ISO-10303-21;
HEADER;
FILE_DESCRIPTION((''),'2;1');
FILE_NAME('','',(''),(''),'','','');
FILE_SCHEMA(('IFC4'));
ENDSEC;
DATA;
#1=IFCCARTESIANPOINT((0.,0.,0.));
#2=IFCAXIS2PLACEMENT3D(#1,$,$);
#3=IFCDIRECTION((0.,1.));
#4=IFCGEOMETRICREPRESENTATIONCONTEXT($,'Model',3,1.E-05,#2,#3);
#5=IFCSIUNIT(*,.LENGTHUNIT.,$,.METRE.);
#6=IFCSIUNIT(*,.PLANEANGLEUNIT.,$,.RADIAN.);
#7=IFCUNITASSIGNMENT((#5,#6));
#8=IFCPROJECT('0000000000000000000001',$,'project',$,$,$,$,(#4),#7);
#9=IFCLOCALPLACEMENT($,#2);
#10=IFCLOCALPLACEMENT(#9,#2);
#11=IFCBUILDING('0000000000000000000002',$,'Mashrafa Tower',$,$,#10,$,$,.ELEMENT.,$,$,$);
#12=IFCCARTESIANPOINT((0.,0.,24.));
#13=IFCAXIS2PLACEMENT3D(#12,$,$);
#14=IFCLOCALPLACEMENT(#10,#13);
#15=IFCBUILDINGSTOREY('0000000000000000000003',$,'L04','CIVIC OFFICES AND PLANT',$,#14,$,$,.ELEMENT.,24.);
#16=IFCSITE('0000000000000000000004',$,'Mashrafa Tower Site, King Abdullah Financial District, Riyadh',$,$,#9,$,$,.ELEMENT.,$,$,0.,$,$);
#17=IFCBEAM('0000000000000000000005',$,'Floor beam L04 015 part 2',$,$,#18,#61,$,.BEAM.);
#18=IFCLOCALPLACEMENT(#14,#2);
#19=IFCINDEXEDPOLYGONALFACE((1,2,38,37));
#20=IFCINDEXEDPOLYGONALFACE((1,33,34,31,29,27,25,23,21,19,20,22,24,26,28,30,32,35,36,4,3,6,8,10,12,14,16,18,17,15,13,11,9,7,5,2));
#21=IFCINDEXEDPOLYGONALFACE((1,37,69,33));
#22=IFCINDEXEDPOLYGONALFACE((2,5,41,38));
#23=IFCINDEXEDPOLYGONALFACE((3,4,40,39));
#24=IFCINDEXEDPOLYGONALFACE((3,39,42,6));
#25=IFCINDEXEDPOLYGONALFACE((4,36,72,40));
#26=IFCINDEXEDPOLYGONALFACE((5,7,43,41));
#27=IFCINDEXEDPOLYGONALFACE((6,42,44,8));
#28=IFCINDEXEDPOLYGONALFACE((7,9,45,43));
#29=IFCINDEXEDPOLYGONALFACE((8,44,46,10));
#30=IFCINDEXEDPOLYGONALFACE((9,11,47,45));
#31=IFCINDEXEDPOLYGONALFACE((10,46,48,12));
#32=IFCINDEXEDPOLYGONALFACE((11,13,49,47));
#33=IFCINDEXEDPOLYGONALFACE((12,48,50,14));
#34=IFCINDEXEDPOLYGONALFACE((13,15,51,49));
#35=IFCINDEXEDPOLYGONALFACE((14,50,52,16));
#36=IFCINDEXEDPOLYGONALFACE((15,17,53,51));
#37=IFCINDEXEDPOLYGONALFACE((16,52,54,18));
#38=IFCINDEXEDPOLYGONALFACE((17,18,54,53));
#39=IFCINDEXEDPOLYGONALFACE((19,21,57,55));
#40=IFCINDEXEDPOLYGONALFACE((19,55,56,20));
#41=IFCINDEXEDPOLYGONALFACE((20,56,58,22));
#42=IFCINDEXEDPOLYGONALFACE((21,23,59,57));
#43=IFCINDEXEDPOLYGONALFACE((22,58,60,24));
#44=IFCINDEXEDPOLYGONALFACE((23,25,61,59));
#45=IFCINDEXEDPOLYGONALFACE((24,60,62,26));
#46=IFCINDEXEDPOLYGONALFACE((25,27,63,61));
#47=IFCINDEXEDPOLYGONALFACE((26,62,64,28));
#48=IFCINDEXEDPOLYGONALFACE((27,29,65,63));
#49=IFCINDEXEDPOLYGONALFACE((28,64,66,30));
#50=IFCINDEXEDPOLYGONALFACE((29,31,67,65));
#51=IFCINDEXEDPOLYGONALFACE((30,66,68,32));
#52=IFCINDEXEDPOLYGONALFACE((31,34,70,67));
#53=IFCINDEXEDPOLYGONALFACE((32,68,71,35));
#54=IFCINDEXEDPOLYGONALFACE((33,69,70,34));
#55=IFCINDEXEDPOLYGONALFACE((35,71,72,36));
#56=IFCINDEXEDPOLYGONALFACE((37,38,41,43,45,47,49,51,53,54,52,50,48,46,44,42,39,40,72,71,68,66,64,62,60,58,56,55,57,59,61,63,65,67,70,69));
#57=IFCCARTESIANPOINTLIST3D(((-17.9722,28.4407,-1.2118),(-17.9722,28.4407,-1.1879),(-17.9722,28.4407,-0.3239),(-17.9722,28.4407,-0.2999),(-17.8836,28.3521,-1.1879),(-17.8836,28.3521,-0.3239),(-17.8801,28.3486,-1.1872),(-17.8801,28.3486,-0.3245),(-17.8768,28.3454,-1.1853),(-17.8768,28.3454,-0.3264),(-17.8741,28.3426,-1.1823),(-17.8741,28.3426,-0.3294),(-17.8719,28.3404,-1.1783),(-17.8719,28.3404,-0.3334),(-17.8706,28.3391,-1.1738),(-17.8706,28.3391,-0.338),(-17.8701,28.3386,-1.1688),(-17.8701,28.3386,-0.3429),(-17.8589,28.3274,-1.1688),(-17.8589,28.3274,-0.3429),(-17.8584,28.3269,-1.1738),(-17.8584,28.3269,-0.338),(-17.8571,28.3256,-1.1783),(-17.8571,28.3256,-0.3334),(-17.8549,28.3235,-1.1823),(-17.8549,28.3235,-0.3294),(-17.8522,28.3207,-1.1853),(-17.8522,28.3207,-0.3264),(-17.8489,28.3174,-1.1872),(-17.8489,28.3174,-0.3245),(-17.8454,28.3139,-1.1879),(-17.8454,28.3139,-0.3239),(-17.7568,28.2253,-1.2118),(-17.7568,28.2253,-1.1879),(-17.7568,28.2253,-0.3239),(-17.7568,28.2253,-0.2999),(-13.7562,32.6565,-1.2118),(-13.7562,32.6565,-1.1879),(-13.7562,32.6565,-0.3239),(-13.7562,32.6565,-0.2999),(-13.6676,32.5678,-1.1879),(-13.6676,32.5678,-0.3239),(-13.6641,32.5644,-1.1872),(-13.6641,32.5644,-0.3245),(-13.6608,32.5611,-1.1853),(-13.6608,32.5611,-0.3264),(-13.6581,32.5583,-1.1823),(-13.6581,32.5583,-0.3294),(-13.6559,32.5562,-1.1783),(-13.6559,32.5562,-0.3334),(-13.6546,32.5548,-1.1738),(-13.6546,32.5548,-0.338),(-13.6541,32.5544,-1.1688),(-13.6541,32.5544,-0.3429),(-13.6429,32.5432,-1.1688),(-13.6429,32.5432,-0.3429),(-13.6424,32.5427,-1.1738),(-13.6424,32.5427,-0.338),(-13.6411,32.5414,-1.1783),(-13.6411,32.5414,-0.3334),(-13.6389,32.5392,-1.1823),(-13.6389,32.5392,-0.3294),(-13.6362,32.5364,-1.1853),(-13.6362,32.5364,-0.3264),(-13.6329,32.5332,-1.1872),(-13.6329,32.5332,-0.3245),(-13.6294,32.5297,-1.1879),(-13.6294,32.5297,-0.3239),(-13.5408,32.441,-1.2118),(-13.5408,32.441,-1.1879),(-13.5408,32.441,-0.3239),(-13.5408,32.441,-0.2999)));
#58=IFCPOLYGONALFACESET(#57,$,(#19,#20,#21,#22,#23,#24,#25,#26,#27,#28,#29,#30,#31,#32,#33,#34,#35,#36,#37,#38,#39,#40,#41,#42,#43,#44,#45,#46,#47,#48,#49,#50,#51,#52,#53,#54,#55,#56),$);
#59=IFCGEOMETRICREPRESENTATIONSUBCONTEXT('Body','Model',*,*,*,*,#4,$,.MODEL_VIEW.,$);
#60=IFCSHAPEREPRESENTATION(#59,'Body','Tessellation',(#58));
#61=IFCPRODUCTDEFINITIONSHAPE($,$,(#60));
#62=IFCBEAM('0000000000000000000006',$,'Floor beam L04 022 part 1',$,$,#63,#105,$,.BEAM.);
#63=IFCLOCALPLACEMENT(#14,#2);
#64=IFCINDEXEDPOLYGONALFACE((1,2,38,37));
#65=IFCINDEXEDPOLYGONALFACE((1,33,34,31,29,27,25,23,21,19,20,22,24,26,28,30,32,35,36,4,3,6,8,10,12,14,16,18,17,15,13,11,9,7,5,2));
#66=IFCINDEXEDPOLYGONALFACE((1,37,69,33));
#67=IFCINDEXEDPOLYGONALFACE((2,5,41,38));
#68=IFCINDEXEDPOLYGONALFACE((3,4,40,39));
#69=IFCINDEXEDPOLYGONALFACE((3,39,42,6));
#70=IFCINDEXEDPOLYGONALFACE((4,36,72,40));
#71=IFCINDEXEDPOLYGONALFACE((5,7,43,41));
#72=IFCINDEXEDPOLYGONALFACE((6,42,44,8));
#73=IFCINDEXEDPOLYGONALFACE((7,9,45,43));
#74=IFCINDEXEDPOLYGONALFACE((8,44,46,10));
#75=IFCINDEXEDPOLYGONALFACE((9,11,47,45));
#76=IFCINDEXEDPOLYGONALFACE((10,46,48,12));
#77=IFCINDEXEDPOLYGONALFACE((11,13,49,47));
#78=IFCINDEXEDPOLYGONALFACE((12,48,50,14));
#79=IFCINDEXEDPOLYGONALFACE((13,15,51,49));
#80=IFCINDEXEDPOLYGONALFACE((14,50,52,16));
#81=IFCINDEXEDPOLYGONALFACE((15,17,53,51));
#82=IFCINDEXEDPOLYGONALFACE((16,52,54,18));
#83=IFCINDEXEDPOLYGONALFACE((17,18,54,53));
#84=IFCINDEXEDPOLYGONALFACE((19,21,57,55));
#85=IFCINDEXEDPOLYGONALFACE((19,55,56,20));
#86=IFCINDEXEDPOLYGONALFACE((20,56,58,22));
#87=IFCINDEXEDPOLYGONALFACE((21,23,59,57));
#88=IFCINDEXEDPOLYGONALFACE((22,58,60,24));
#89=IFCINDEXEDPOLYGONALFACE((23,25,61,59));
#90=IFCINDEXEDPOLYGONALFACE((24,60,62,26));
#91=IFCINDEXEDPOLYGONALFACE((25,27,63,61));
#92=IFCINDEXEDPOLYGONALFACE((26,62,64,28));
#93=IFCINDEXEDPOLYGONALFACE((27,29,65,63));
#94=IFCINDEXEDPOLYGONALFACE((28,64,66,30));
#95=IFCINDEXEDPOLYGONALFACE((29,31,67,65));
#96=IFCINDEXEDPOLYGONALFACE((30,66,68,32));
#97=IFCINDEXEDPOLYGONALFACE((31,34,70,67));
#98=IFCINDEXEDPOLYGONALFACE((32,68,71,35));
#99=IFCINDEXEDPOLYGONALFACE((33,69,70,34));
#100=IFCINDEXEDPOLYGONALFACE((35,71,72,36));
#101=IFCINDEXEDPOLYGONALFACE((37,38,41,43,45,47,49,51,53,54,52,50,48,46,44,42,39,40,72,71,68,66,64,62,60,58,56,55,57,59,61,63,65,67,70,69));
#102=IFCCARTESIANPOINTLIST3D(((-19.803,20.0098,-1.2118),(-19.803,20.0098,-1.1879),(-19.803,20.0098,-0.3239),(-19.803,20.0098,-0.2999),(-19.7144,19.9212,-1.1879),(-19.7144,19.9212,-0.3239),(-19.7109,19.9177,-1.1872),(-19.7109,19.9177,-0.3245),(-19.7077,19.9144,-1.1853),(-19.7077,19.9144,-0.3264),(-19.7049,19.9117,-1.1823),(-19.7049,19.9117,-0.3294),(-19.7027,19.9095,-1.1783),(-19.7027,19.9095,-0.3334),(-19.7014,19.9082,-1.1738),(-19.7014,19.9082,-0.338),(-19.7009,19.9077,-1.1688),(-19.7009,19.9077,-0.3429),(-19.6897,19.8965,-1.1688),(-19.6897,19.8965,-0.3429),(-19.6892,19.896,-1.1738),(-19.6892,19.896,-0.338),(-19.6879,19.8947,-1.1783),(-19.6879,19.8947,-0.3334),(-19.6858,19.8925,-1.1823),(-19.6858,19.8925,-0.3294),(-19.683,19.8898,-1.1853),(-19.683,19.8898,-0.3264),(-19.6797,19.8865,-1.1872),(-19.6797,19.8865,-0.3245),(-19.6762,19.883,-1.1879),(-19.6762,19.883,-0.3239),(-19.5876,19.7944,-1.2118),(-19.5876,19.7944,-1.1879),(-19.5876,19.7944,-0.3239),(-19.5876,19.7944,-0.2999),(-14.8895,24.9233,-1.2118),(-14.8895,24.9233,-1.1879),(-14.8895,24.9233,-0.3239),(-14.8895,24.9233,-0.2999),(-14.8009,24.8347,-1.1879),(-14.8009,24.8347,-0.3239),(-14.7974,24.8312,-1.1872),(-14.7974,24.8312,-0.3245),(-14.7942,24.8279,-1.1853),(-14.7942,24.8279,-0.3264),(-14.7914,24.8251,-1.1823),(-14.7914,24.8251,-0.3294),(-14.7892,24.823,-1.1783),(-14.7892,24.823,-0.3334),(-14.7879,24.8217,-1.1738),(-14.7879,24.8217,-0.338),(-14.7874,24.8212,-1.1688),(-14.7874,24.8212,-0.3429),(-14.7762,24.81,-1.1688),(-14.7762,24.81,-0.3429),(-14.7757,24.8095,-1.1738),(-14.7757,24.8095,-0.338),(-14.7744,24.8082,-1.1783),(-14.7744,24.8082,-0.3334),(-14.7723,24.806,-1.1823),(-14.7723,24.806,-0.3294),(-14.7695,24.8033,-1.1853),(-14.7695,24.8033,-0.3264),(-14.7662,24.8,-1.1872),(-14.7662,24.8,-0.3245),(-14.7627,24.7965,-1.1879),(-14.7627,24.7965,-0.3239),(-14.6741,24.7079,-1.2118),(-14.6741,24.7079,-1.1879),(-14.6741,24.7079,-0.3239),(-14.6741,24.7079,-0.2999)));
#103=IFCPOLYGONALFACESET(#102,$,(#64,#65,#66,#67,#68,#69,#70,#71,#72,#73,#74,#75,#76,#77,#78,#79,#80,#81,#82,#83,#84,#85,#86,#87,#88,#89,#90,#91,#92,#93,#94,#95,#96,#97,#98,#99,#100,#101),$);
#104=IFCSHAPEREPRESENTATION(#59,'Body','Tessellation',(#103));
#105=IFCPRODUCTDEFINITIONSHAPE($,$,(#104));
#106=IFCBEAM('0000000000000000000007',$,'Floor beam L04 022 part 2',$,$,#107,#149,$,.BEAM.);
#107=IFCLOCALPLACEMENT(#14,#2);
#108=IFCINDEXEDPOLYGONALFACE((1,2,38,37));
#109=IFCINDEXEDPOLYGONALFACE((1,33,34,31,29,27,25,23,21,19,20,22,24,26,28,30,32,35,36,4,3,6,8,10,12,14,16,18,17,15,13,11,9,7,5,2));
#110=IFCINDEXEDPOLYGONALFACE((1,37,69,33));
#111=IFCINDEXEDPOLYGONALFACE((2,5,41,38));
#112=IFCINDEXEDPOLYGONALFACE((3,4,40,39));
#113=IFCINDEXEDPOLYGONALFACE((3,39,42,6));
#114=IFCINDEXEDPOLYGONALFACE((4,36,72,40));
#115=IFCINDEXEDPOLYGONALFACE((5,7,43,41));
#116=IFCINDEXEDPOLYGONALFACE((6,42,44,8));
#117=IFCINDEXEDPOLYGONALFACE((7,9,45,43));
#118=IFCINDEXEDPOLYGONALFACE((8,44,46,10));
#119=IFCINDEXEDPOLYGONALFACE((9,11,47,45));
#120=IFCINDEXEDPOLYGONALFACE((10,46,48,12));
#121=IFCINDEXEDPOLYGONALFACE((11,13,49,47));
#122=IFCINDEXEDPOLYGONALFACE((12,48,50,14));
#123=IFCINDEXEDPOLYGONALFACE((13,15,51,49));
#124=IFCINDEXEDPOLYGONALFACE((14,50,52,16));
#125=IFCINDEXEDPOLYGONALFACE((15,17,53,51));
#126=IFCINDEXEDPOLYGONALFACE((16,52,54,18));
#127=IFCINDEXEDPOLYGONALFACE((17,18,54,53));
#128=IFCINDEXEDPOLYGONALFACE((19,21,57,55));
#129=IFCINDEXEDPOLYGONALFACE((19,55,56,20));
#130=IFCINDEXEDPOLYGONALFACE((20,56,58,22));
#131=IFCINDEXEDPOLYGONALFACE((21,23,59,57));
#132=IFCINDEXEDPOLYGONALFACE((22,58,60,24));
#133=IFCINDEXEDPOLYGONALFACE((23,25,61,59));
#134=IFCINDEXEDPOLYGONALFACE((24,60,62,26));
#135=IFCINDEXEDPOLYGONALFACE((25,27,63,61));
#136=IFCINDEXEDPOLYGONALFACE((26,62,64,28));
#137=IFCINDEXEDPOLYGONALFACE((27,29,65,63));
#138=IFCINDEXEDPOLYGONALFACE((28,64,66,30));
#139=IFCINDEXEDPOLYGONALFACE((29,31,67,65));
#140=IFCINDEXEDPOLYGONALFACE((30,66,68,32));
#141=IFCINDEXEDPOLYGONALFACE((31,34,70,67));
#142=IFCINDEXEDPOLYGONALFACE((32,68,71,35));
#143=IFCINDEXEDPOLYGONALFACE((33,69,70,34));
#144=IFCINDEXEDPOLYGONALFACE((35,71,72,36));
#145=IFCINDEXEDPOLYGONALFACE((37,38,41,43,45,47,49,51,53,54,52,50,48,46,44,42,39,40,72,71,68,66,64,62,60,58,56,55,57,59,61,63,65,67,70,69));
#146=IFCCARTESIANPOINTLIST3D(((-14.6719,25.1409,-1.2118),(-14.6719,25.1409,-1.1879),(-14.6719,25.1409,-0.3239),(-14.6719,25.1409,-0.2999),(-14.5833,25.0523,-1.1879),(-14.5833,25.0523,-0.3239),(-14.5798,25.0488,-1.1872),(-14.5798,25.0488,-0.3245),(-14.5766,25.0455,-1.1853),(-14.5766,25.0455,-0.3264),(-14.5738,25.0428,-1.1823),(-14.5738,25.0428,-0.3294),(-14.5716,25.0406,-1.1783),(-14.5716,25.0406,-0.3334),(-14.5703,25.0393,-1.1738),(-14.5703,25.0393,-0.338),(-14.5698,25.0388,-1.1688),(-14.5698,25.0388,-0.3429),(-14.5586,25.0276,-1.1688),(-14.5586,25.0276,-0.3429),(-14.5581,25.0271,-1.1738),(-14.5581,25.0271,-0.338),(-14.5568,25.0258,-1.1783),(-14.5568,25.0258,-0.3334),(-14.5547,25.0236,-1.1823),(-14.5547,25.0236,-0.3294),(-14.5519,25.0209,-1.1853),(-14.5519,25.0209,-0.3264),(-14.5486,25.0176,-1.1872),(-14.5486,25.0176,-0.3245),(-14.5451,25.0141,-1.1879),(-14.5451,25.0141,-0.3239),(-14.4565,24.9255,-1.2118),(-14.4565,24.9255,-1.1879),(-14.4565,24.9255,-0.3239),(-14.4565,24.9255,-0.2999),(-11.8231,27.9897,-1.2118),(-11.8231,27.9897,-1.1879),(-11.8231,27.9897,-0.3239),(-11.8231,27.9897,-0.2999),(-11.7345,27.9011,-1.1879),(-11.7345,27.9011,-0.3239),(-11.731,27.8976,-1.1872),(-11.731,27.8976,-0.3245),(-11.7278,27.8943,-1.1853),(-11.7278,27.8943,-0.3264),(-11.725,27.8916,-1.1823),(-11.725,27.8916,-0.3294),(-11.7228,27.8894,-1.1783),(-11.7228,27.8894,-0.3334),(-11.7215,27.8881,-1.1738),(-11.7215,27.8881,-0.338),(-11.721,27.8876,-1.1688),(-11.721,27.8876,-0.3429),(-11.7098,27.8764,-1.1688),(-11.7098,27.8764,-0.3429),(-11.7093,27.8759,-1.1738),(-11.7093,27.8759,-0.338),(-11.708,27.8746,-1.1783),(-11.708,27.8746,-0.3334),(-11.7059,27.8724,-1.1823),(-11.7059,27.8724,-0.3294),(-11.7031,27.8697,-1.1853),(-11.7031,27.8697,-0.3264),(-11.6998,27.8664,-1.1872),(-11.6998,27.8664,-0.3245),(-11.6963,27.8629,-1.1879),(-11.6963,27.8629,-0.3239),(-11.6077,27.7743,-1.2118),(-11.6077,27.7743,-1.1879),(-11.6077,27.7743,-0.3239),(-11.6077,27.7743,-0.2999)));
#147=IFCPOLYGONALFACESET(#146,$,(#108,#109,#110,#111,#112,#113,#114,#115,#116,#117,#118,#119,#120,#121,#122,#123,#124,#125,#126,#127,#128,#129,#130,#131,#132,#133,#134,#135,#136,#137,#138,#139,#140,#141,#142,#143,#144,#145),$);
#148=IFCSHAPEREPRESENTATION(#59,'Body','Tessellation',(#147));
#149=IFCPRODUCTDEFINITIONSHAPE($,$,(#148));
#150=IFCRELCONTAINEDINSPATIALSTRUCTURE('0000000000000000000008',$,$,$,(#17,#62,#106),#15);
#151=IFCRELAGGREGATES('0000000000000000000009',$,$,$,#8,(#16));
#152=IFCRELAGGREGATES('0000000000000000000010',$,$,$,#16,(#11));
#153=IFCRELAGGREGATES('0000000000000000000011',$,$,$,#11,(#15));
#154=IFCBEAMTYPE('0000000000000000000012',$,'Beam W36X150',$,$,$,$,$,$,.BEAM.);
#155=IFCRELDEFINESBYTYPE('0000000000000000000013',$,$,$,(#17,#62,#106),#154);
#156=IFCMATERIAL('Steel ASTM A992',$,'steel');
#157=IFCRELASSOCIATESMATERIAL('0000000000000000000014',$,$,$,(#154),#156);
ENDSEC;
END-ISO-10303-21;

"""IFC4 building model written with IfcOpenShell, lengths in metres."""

from ifc_helpers import new_model, si_unit, direction, frame, origin, origin_2d, place, context, subcontext, project, spatial, i_section, extrude, material, material_profile, profile_set, type_object, element, save


model = new_model("IFC4")

# Units and contexts
model_context = context("Model", 3, precision=1e-05, world=origin(), true_north=direction((0.0, 1.0)))
body_context = subcontext(model_context, "Body", "Model", "MODEL_VIEW")
ifc_project = project(units=[si_unit("LENGTHUNIT", "METRE"), si_unit("PLANEANGLEUNIT", "RADIAN")], contexts=[model_context])

# Site, building, storey
site_placement = place(None, origin())
site = spatial("IfcSite", under=ifc_project, at=site_placement, Name="Mashrafa Tower Site, King Abdullah Financial District, Riyadh", CompositionType="ELEMENT", RefElevation=0.0)
building_placement = place(site_placement, origin())
building = spatial("IfcBuilding", under=site, at=building_placement, Name="Mashrafa Tower", CompositionType="ELEMENT")
storey_placement = place(building_placement, frame((0.0, 0.0, 24.0)))
storey = spatial("IfcBuildingStorey", under=building, at=storey_placement, Name="L04", Description="CIVIC OFFICES AND PLANT", CompositionType="ELEMENT", Elevation=24.0)

# Beams
ifc_material_1 = material(Name="Steel ASTM A992", Category="steel")
ifc_material_profile_1 = material_profile(ifc_material_1, i_section(OverallWidth=0.3047, OverallDepth=0.9119, WebThickness=0.0159, FlangeThickness=0.0239, FilletRadius=0.019, at=origin_2d()), Name="W36X150")
ifc_profile_set_1 = profile_set([ifc_material_profile_1], Name="Steel ASTM A992")
beam_type_1 = type_object("IfcBeamType", Name="Beam W36X150", PredefinedType="BEAM", material=ifc_profile_set_1)
beam_1_placement = place(storey_placement, frame((-17.8645, 28.333, -0.7559), z_axis=(0.707127, 0.707086, 0.0), x_axis=(-0.707086, 0.707127, 0.0)))
element("IfcBeam", 1, at=beam_1_placement, inside=storey, type_object=beam_type_1, Name="Floor beam L04 015 part 2", PredefinedType="BEAM", context=body_context, shape_type="SweptSolid", body=[
    extrude(i_section(OverallWidth=0.3047, OverallDepth=0.9119, WebThickness=0.0159, FlangeThickness=0.0239, FilletRadius=0.019, at=origin_2d()), origin(), (0.0, 0.0, 1.0), 5.9622),
])
beam_2_placement = place(storey_placement, frame((-19.6953, 19.9021, -0.7559), z_axis=(0.707107, 0.707107, 0.0), x_axis=(-0.707107, 0.707107, 0.0)))
element("IfcBeam", 2, at=beam_2_placement, inside=storey, type_object=beam_type_1, Name="Floor beam L04 022 part 1", PredefinedType="BEAM", context=body_context, shape_type="SweptSolid", body=[
    extrude(i_section(OverallWidth=0.3047, OverallDepth=0.9119, WebThickness=0.0159, FlangeThickness=0.0239, FilletRadius=0.019, at=origin_2d()), origin(), (0.0, 0.0, 1.0), 6.9487),
])
beam_3_placement = place(storey_placement, frame((-14.5642, 25.0332, -0.7559), z_axis=(0.707107, 0.707107, 0.0), x_axis=(-0.707107, 0.707107, 0.0)))
element("IfcBeam", 3, at=beam_3_placement, inside=storey, type_object=beam_type_1, Name="Floor beam L04 022 part 2", PredefinedType="BEAM", context=body_context, shape_type="SweptSolid", body=[
    extrude(i_section(OverallWidth=0.3047, OverallDepth=0.9119, WebThickness=0.0159, FlangeThickness=0.0239, FilletRadius=0.019, at=origin_2d()), origin(), (0.0, 0.0, 1.0), 4.0288),
])

save(model, "model.ifc")
